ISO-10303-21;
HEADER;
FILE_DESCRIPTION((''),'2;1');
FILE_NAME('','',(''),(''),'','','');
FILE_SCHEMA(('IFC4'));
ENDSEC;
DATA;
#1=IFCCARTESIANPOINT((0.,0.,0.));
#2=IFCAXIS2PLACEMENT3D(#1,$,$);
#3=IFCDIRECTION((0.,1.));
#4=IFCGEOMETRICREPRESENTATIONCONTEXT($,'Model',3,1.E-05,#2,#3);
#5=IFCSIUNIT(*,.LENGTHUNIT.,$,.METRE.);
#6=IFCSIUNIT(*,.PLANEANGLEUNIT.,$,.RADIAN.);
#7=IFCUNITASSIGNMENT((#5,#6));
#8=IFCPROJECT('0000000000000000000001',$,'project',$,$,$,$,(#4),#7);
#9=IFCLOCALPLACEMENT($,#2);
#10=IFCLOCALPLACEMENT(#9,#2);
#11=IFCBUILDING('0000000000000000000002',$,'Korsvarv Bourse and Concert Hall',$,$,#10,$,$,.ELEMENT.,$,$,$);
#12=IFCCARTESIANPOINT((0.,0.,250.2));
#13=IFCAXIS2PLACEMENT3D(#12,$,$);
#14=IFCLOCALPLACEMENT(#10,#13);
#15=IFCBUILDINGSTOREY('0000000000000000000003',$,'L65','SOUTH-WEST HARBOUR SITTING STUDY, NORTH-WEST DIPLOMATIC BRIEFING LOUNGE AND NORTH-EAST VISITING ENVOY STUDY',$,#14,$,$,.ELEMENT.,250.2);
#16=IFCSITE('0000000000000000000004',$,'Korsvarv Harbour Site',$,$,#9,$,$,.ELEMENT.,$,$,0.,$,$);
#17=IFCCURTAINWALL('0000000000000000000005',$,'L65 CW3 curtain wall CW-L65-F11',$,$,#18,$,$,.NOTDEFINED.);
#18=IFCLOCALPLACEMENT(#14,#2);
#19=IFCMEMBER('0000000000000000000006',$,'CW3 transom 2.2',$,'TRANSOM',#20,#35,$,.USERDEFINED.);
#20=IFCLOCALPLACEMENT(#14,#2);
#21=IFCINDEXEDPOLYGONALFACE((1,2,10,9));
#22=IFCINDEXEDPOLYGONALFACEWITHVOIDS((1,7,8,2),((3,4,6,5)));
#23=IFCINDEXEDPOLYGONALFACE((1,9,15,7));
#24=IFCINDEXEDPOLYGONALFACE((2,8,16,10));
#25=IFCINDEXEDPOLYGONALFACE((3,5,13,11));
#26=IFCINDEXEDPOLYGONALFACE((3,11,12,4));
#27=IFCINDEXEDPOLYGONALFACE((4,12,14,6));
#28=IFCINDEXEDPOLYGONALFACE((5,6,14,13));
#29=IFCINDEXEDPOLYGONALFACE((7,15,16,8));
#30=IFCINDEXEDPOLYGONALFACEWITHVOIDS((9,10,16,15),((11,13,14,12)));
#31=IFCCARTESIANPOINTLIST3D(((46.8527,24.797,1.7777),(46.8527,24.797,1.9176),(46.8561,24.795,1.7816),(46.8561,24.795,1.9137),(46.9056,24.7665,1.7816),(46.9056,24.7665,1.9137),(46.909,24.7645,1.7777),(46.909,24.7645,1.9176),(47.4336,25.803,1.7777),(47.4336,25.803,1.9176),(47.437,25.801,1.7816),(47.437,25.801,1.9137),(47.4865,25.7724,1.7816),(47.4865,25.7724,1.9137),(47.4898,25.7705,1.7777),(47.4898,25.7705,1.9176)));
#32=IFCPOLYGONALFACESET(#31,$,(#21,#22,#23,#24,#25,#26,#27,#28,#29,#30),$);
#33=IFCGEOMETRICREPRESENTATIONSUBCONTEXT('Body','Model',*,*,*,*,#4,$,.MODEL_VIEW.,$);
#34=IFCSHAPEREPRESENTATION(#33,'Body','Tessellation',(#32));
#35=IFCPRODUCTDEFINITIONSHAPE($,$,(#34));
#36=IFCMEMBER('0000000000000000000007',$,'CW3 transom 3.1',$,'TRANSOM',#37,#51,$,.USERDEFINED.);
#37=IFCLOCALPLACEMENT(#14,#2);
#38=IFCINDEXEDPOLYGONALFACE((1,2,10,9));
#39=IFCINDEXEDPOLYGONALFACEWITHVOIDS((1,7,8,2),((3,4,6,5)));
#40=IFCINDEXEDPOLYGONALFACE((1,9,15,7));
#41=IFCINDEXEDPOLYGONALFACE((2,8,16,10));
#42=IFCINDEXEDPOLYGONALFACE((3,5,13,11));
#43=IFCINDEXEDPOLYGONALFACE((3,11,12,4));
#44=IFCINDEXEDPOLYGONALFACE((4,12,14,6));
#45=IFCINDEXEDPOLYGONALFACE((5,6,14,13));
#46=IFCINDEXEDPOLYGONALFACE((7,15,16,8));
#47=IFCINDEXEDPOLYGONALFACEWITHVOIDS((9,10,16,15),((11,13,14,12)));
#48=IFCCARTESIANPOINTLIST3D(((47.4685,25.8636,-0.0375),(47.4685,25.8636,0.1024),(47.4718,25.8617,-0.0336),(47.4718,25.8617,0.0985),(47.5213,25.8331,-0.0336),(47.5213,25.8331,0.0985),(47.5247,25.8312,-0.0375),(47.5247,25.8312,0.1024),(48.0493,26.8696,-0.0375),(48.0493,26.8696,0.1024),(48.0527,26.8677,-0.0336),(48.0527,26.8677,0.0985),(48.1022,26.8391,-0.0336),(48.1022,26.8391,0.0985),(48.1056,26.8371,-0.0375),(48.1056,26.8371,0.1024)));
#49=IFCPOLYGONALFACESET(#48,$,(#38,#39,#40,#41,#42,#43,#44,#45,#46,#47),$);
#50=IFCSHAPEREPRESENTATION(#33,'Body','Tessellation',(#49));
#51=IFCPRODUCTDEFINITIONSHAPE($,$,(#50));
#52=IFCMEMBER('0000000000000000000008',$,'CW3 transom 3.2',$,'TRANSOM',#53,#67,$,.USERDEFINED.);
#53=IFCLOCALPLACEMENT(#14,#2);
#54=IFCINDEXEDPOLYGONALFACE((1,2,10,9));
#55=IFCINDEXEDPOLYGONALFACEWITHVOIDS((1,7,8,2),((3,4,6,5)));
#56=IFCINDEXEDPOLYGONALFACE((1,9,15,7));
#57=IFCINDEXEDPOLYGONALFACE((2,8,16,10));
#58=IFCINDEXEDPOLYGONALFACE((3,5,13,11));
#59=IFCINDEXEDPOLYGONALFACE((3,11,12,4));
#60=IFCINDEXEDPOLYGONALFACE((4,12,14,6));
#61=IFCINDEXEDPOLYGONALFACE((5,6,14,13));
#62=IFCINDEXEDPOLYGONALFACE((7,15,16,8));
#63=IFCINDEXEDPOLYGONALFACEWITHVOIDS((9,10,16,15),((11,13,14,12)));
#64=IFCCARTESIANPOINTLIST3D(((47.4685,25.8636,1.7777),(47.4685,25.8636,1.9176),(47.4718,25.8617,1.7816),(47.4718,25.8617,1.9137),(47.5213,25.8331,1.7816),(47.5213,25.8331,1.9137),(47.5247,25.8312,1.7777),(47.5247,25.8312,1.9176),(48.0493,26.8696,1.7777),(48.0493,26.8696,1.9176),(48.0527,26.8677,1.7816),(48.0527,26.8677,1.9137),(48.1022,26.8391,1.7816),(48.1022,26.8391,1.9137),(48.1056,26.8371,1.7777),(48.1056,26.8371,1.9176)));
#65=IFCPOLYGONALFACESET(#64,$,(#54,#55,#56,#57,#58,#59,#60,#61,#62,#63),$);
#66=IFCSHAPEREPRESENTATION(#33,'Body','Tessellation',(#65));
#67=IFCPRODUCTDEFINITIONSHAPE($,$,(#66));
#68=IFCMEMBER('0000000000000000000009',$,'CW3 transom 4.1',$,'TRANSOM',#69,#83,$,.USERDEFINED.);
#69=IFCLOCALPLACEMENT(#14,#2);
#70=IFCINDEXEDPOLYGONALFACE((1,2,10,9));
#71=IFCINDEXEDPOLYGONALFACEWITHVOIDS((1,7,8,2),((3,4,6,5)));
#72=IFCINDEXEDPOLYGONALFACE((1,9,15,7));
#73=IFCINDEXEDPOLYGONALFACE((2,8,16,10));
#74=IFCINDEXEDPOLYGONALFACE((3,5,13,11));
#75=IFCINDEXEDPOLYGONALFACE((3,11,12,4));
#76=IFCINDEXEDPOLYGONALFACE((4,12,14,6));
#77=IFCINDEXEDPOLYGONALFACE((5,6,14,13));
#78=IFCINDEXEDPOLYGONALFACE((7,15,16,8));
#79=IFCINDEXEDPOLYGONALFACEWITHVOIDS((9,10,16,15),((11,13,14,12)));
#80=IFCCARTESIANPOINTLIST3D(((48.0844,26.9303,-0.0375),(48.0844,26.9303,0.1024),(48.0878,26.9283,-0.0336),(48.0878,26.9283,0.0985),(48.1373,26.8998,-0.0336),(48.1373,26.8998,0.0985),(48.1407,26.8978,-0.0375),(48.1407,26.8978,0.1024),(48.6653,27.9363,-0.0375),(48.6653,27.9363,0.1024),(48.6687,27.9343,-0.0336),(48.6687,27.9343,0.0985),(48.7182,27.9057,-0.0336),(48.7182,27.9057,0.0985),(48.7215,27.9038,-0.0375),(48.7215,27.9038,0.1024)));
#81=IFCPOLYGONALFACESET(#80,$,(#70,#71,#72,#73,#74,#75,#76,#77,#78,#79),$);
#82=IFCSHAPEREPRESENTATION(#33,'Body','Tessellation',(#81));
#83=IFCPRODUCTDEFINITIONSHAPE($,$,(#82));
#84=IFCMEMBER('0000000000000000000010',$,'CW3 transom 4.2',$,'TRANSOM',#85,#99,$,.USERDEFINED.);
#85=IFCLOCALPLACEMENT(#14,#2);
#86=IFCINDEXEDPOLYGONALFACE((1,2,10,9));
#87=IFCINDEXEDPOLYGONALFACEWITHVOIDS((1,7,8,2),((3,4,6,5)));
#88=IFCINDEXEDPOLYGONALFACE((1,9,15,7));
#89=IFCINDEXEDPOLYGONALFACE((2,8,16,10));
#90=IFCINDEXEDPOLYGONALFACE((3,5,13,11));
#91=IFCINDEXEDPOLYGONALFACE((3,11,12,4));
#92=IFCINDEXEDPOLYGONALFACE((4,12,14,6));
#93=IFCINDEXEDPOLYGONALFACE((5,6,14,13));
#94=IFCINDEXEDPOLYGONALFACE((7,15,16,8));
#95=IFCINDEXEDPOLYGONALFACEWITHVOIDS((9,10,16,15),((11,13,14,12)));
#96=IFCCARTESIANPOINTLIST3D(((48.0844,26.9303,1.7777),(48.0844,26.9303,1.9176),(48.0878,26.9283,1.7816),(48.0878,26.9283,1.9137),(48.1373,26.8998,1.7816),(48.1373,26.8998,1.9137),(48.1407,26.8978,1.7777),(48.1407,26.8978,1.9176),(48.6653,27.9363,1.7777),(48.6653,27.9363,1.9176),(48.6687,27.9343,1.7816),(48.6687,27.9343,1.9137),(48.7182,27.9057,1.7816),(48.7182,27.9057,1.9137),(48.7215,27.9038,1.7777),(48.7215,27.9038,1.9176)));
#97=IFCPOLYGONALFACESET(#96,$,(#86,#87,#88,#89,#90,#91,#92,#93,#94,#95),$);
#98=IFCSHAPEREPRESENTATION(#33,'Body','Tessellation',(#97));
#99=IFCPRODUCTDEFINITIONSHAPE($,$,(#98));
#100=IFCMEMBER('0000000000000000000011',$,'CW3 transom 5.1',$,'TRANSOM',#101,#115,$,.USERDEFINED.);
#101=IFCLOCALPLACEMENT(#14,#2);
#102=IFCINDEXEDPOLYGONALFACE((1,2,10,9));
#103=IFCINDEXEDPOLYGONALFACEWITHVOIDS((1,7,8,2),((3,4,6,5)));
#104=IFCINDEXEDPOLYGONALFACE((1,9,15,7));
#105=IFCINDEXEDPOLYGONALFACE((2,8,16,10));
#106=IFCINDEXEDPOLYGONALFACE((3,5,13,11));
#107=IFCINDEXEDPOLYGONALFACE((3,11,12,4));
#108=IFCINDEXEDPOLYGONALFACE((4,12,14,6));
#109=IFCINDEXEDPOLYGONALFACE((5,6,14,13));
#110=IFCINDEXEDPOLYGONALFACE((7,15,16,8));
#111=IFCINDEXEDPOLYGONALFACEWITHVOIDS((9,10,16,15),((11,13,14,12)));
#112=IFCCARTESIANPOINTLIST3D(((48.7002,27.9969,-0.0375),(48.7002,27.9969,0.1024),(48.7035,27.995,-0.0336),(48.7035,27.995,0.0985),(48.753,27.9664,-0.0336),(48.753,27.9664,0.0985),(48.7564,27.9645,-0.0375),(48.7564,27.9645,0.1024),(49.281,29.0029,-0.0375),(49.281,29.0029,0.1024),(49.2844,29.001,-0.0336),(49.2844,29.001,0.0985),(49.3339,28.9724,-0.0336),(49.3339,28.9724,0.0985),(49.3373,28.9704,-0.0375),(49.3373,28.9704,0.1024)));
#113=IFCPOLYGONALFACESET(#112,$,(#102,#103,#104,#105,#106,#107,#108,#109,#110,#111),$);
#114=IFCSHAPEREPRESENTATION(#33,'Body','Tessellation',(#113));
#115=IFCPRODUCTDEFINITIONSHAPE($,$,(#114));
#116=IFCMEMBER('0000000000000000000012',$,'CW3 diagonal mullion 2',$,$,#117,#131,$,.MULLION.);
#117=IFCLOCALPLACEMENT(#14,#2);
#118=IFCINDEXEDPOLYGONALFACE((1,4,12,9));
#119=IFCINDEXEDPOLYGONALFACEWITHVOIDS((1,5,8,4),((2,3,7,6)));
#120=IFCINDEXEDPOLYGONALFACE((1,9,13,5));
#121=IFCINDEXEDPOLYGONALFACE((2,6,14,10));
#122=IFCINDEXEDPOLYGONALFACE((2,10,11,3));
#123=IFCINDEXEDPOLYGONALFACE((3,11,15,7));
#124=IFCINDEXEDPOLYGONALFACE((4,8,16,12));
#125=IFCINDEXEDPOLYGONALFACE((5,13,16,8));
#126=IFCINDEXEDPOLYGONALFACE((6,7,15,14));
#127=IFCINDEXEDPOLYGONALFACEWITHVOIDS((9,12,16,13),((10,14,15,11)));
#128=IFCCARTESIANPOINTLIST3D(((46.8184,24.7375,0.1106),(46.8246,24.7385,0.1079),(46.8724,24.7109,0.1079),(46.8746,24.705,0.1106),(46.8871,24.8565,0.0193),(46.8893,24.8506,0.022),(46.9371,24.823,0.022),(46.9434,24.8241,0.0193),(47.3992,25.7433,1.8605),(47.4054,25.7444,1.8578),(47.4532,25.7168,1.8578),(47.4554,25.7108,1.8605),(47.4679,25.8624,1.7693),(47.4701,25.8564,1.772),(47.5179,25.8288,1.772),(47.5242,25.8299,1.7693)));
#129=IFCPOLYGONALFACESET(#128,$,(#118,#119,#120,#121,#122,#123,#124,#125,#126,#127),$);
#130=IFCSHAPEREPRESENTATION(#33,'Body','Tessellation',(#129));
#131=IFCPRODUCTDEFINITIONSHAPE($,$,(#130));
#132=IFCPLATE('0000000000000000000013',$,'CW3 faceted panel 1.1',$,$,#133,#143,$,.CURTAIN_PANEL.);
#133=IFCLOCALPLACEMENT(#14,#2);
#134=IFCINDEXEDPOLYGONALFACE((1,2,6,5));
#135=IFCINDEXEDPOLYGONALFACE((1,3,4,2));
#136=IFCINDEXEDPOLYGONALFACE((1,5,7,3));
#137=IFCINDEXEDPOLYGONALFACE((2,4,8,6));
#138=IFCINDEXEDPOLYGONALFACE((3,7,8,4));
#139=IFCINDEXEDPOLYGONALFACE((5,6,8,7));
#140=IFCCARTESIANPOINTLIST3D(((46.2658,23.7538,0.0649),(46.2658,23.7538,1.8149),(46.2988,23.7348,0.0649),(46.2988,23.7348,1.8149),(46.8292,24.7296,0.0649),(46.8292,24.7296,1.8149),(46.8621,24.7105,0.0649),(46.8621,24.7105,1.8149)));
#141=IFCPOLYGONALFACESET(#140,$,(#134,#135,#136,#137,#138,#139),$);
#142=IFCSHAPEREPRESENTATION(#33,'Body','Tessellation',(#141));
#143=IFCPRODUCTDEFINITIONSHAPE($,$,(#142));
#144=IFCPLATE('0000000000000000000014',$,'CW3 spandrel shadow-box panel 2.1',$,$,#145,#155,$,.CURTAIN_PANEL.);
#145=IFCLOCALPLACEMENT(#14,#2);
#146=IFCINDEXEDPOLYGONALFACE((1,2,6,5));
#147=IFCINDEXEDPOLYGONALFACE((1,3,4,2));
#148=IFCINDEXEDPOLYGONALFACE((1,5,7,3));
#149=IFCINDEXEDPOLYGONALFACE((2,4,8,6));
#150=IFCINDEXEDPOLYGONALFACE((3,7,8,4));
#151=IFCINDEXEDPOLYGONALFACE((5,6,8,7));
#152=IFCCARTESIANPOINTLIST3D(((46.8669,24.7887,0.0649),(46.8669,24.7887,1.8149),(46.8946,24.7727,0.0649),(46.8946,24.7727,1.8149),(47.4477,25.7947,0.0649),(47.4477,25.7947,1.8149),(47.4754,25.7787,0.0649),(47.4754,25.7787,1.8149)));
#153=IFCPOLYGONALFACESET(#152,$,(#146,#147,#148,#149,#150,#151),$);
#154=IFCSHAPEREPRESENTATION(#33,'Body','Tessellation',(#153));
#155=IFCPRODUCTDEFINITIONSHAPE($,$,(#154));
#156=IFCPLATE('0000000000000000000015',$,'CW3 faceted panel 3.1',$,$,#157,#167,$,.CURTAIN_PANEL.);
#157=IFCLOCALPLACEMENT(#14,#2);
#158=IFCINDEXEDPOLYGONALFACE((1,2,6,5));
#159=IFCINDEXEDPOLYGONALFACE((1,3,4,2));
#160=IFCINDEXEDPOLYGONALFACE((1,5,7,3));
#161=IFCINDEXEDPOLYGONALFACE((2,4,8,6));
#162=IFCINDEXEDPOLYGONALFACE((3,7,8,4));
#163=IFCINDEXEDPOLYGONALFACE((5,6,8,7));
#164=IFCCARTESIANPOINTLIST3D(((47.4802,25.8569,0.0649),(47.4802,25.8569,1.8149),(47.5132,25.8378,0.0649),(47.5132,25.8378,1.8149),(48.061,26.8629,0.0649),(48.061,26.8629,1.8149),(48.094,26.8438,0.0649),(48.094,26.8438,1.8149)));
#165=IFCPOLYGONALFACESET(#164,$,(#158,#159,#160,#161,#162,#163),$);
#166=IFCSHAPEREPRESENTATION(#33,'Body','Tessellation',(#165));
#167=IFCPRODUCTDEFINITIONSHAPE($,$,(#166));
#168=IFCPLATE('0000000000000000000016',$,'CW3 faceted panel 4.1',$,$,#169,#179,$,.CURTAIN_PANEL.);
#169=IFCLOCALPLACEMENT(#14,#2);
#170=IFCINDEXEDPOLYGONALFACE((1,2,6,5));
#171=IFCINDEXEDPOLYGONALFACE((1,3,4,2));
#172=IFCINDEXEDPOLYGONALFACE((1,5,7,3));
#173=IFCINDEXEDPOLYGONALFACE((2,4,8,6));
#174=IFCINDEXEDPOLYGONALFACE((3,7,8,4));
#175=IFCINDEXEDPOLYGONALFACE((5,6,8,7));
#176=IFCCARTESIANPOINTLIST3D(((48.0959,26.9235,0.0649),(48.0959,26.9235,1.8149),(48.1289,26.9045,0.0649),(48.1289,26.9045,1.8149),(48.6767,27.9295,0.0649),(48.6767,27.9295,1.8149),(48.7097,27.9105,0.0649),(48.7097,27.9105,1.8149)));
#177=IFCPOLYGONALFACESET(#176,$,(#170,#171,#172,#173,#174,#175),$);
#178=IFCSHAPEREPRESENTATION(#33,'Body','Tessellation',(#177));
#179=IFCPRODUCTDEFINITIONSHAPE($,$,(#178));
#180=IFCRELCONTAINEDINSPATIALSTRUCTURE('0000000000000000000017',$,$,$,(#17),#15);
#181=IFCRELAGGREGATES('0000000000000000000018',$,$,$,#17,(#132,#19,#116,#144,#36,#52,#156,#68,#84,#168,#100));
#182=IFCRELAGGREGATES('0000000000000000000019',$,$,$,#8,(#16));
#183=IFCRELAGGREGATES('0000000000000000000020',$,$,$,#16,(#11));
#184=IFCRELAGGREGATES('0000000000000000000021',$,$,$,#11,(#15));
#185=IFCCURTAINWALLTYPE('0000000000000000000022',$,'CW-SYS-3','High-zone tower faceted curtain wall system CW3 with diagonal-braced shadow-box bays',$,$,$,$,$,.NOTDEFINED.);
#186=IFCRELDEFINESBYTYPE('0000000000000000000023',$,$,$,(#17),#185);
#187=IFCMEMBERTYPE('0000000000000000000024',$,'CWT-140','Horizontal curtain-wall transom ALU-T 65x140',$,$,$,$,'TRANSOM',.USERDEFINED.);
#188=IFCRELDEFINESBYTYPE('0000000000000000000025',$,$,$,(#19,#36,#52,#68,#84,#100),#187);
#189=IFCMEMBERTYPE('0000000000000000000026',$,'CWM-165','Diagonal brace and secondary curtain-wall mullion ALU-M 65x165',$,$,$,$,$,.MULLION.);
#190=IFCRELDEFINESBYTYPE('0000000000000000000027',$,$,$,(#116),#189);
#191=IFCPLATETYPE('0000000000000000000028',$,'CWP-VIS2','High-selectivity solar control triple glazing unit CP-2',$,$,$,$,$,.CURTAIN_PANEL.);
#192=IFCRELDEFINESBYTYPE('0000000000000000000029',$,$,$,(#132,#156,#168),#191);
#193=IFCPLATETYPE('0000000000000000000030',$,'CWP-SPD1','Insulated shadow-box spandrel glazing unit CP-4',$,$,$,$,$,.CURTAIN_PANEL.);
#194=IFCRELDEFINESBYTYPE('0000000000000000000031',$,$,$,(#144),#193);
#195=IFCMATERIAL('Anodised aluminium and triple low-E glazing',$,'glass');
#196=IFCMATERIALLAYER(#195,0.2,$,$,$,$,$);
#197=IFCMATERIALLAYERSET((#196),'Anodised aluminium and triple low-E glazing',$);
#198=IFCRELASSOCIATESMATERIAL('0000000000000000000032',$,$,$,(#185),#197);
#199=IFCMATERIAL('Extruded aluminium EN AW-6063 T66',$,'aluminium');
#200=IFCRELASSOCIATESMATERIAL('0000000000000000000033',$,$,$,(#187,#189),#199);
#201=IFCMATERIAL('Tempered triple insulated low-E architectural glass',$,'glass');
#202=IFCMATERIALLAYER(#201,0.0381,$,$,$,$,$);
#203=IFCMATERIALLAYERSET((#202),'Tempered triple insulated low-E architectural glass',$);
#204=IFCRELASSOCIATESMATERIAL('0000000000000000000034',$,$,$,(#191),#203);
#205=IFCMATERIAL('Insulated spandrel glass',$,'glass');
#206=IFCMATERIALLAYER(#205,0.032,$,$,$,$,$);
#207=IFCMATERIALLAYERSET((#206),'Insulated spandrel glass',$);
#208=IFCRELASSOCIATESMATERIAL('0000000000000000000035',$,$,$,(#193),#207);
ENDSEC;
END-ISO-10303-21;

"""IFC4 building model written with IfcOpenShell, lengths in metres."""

from ifc_helpers import new_model, si_unit, direction, frame, origin, origin_2d, place, context, subcontext, project, spatial, rectangle, hollow_rectangle, extrude, source, transform, mapped, material, layer, layer_set, material_profile, profile_set, type_object, element, aggregate, save


model = new_model("IFC4")

# Units and contexts
model_context = context("Model", 3, precision=1e-05, world=origin(), true_north=direction((0.0, 1.0)))
body_context = subcontext(model_context, "Body", "Model", "MODEL_VIEW")
ifc_project = project(units=[si_unit("LENGTHUNIT", "METRE"), si_unit("PLANEANGLEUNIT", "RADIAN")], contexts=[model_context])

# Site, building, storey
site_placement = place(None, origin())
site = spatial("IfcSite", under=ifc_project, at=site_placement, Name="Korsvarv Harbour Site", CompositionType="ELEMENT", RefElevation=0.0)
building_placement = place(site_placement, origin())
building = spatial("IfcBuilding", under=site, at=building_placement, Name="Korsvarv Bourse and Concert Hall", CompositionType="ELEMENT")
storey_placement = place(building_placement, frame((0.0, 0.0, 250.2)))
storey = spatial("IfcBuildingStorey", under=building, at=storey_placement, Name="L65", Description="SOUTH-WEST HARBOUR SITTING STUDY, NORTH-WEST DIPLOMATIC BRIEFING LOUNGE AND NORTH-EAST VISITING ENVOY STUDY", CompositionType="ELEMENT", Elevation=250.2)

# Curtain wall, members, plates
ifc_material_1 = material(Name="Anodised aluminium and triple low-E glazing", Category="glass")
ifc_layer_1 = layer(ifc_material_1, 0.2)
ifc_layer_set_1 = layer_set([ifc_layer_1], Name="Anodised aluminium and triple low-E glazing")
curtain_wall_type = type_object("IfcCurtainWallType", Name="CW-SYS-3", Description="High-zone tower faceted curtain wall system CW3 with diagonal-braced shadow-box bays", PredefinedType="NOTDEFINED", material=ifc_layer_set_1)
curtain_wall_placement = place(storey_placement, origin())
curtain_wall = element("IfcCurtainWall", 1, at=curtain_wall_placement, inside=storey, type_object=curtain_wall_type, Name="L65 CW3 curtain wall CW-L65-F11", PredefinedType="NOTDEFINED")
ifc_material_2 = material(Name="Extruded aluminium EN AW-6063 T66", Category="aluminium")
ifc_material_profile_1 = material_profile(ifc_material_2, hollow_rectangle(XDim=0.0649, YDim=0.1399, WallThickness=0.0039, at=origin_2d()), Name="ALU-T 65x140")
ifc_profile_set_1 = profile_set([ifc_material_profile_1], Name="Extruded aluminium EN AW-6063 T66")
member_type_1 = type_object("IfcMemberType", Name="CWT-140", Description="Horizontal curtain-wall transom ALU-T 65x140", ElementType="TRANSOM", PredefinedType="USERDEFINED", material=ifc_profile_set_1)
shared_shape_1 = source(origin(), body_context, "Body", "SweptSolid", [
    extrude(hollow_rectangle(XDim=0.0649, YDim=0.1399, WallThickness=0.0039, at=origin_2d()), origin(), (0.0, 0.0, 1.0), 1.1616),
])
member_1_placement = place(storey_placement, frame((46.8809, 24.7808, 1.8477), z_axis=(0.50005, 0.865997, 0.0), x_axis=(-0.865997, 0.50005, 0.0)))
member_1 = element("IfcMember", 2, at=member_1_placement, type_object=member_type_1, Name="CW3 transom 2.2", ObjectType="TRANSOM", PredefinedType="USERDEFINED", context=body_context, shape_type="MappedRepresentation", body=[
    mapped(shared_shape_1, transform((0.0, 0.0, 0.0), scale=1.0)),
])
member_2_placement = place(storey_placement, frame((47.4966, 25.8474, 0.0325), z_axis=(0.50005, 0.865997, 0.0), x_axis=(-0.865997, 0.50005, 0.0)))
member_2 = element("IfcMember", 3, at=member_2_placement, type_object=member_type_1, Name="CW3 transom 3.1", ObjectType="TRANSOM", PredefinedType="USERDEFINED", context=body_context, shape_type="MappedRepresentation", body=[
    mapped(shared_shape_1, transform((0.0, 0.0, 0.0), scale=1.0)),
])
member_3_placement = place(storey_placement, frame((47.4966, 25.8474, 1.8477), z_axis=(0.50005, 0.865997, 0.0), x_axis=(-0.865997, 0.50005, 0.0)))
member_3 = element("IfcMember", 4, at=member_3_placement, type_object=member_type_1, Name="CW3 transom 3.2", ObjectType="TRANSOM", PredefinedType="USERDEFINED", context=body_context, shape_type="MappedRepresentation", body=[
    mapped(shared_shape_1, transform((0.0, 0.0, 0.0), scale=1.0)),
])
member_4_placement = place(storey_placement, frame((48.1125, 26.9141, 0.0325), z_axis=(0.50005, 0.865997, 0.0), x_axis=(-0.865997, 0.50005, 0.0)))
member_4 = element("IfcMember", 5, at=member_4_placement, type_object=member_type_1, Name="CW3 transom 4.1", ObjectType="TRANSOM", PredefinedType="USERDEFINED", context=body_context, shape_type="MappedRepresentation", body=[
    mapped(shared_shape_1, transform((0.0, 0.0, 0.0), scale=1.0)),
])
member_5_placement = place(storey_placement, frame((48.1125, 26.9141, 1.8477), z_axis=(0.50005, 0.865997, 0.0), x_axis=(-0.865997, 0.50005, 0.0)))
member_5 = element("IfcMember", 6, at=member_5_placement, type_object=member_type_1, Name="CW3 transom 4.2", ObjectType="TRANSOM", PredefinedType="USERDEFINED", context=body_context, shape_type="MappedRepresentation", body=[
    mapped(shared_shape_1, transform((0.0, 0.0, 0.0), scale=1.0)),
])
member_6_placement = place(storey_placement, frame((48.7283, 27.9807, 0.0325), z_axis=(0.50005, 0.865997, 0.0), x_axis=(-0.865997, 0.50005, 0.0)))
member_6 = element("IfcMember", 7, at=member_6_placement, type_object=member_type_1, Name="CW3 transom 5.1", ObjectType="TRANSOM", PredefinedType="USERDEFINED", context=body_context, shape_type="MappedRepresentation", body=[
    mapped(shared_shape_1, transform((0.0, 0.0, 0.0), scale=1.0)),
])
ifc_material_profile_2 = material_profile(ifc_material_2, hollow_rectangle(XDim=0.0649, YDim=0.165, WallThickness=0.0049, at=origin_2d()), Name="ALU-M 65x165")
ifc_profile_set_2 = profile_set([ifc_material_profile_2], Name="Extruded aluminium EN AW-6063 T66")
member_type_2 = type_object("IfcMemberType", Name="CWM-165", Description="Diagonal brace and secondary curtain-wall mullion ALU-M 65x165", PredefinedType="MULLION", material=ifc_profile_set_2)
shared_shape_2 = source(origin(), body_context, "Body", "SweptSolid", [
    extrude(hollow_rectangle(XDim=0.0649, YDim=0.165, WallThickness=0.0049, at=origin_2d()), origin(), (0.0, 0.0, 1.0), 2.1003),
])
member_7_placement = place(storey_placement, frame((46.8809, 24.7808, 0.0649), z_axis=(0.276526, 0.478894, 0.833183), x_axis=(-0.865997, 0.50005, 0.0)))
member_7 = element("IfcMember", 8, at=member_7_placement, type_object=member_type_2, Name="CW3 diagonal mullion 2", PredefinedType="MULLION", context=body_context, shape_type="MappedRepresentation", body=[
    mapped(shared_shape_2, transform((0.0, 0.0, 0.0), scale=1.0)),
])
ifc_material_3 = material(Name="Tempered triple insulated low-E architectural glass", Category="glass")
ifc_layer_2 = layer(ifc_material_3, 0.0381)
ifc_layer_set_2 = layer_set([ifc_layer_2], Name="Tempered triple insulated low-E architectural glass")
plate_type_1 = type_object("IfcPlateType", Name="CWP-VIS2", Description="High-selectivity solar control triple glazing unit CP-2", PredefinedType="CURTAIN_PANEL", material=ifc_layer_set_2)
shared_shape_3 = source(origin(), body_context, "Body", "SweptSolid", [
    extrude(rectangle(XDim=1.1267, YDim=0.0381, at=origin_2d()), origin(), (0.0, 0.0, 1.0), 1.75),
])
plate_1_placement = place(storey_placement, frame((46.564, 24.2322, 0.0649), z_axis=(0.0, 0.0, 1.0), x_axis=(0.500006, 0.866022, 0.0)))
plate_1 = element("IfcPlate", 9, at=plate_1_placement, type_object=plate_type_1, Name="CW3 faceted panel 1.1", PredefinedType="CURTAIN_PANEL", context=body_context, shape_type="MappedRepresentation", body=[
    mapped(shared_shape_3, transform((0.0, 0.0, 0.0), scale=1.0)),
])
ifc_material_4 = material(Name="Insulated spandrel glass", Category="glass")
ifc_layer_3 = layer(ifc_material_4, 0.032)
ifc_layer_set_3 = layer_set([ifc_layer_3], Name="Insulated spandrel glass")
plate_type_2 = type_object("IfcPlateType", Name="CWP-SPD1", Description="Insulated shadow-box spandrel glazing unit CP-4", PredefinedType="CURTAIN_PANEL", material=ifc_layer_set_3)
shared_shape_4 = source(origin(), body_context, "Body", "SweptSolid", [
    extrude(rectangle(XDim=1.1616, YDim=0.032, at=origin_2d()), origin(), (0.0, 0.0, 1.0), 1.75),
])
plate_2_placement = place(storey_placement, frame((47.1711, 25.2837, 0.0649), z_axis=(0.0, 0.0, 1.0), x_axis=(0.500006, 0.866022, 0.0)))
plate_2 = element("IfcPlate", 10, at=plate_2_placement, type_object=plate_type_2, Name="CW3 spandrel shadow-box panel 2.1", PredefinedType="CURTAIN_PANEL", context=body_context, shape_type="MappedRepresentation", body=[
    mapped(shared_shape_4, transform((0.0, 0.0, 0.0), scale=1.0)),
])
shared_shape_5 = source(origin(), body_context, "Body", "SweptSolid", [
    extrude(rectangle(XDim=1.1616, YDim=0.0381, at=origin_2d()), origin(), (0.0, 0.0, 1.0), 1.75),
])
plate_3_placement = place(storey_placement, frame((47.7871, 26.3503, 0.0649), z_axis=(0.0, 0.0, 1.0), x_axis=(0.500006, 0.866022, 0.0)))
plate_3 = element("IfcPlate", 11, at=plate_3_placement, type_object=plate_type_1, Name="CW3 faceted panel 3.1", PredefinedType="CURTAIN_PANEL", context=body_context, shape_type="MappedRepresentation", body=[
    mapped(shared_shape_5, transform((0.0, 0.0, 0.0), scale=1.0)),
])
plate_4_placement = place(storey_placement, frame((48.4028, 27.417, 0.0649), z_axis=(0.0, 0.0, 1.0), x_axis=(0.500006, 0.866022, 0.0)))
plate_4 = element("IfcPlate", 12, at=plate_4_placement, type_object=plate_type_1, Name="CW3 faceted panel 4.1", PredefinedType="CURTAIN_PANEL", context=body_context, shape_type="MappedRepresentation", body=[
    mapped(shared_shape_5, transform((0.0, 0.0, 0.0), scale=1.0)),
])
aggregate(curtain_wall, [plate_1, member_1, member_7, plate_2, member_2, member_3, plate_3, member_4, member_5, plate_4, member_6])

save(model, "model.ifc")
